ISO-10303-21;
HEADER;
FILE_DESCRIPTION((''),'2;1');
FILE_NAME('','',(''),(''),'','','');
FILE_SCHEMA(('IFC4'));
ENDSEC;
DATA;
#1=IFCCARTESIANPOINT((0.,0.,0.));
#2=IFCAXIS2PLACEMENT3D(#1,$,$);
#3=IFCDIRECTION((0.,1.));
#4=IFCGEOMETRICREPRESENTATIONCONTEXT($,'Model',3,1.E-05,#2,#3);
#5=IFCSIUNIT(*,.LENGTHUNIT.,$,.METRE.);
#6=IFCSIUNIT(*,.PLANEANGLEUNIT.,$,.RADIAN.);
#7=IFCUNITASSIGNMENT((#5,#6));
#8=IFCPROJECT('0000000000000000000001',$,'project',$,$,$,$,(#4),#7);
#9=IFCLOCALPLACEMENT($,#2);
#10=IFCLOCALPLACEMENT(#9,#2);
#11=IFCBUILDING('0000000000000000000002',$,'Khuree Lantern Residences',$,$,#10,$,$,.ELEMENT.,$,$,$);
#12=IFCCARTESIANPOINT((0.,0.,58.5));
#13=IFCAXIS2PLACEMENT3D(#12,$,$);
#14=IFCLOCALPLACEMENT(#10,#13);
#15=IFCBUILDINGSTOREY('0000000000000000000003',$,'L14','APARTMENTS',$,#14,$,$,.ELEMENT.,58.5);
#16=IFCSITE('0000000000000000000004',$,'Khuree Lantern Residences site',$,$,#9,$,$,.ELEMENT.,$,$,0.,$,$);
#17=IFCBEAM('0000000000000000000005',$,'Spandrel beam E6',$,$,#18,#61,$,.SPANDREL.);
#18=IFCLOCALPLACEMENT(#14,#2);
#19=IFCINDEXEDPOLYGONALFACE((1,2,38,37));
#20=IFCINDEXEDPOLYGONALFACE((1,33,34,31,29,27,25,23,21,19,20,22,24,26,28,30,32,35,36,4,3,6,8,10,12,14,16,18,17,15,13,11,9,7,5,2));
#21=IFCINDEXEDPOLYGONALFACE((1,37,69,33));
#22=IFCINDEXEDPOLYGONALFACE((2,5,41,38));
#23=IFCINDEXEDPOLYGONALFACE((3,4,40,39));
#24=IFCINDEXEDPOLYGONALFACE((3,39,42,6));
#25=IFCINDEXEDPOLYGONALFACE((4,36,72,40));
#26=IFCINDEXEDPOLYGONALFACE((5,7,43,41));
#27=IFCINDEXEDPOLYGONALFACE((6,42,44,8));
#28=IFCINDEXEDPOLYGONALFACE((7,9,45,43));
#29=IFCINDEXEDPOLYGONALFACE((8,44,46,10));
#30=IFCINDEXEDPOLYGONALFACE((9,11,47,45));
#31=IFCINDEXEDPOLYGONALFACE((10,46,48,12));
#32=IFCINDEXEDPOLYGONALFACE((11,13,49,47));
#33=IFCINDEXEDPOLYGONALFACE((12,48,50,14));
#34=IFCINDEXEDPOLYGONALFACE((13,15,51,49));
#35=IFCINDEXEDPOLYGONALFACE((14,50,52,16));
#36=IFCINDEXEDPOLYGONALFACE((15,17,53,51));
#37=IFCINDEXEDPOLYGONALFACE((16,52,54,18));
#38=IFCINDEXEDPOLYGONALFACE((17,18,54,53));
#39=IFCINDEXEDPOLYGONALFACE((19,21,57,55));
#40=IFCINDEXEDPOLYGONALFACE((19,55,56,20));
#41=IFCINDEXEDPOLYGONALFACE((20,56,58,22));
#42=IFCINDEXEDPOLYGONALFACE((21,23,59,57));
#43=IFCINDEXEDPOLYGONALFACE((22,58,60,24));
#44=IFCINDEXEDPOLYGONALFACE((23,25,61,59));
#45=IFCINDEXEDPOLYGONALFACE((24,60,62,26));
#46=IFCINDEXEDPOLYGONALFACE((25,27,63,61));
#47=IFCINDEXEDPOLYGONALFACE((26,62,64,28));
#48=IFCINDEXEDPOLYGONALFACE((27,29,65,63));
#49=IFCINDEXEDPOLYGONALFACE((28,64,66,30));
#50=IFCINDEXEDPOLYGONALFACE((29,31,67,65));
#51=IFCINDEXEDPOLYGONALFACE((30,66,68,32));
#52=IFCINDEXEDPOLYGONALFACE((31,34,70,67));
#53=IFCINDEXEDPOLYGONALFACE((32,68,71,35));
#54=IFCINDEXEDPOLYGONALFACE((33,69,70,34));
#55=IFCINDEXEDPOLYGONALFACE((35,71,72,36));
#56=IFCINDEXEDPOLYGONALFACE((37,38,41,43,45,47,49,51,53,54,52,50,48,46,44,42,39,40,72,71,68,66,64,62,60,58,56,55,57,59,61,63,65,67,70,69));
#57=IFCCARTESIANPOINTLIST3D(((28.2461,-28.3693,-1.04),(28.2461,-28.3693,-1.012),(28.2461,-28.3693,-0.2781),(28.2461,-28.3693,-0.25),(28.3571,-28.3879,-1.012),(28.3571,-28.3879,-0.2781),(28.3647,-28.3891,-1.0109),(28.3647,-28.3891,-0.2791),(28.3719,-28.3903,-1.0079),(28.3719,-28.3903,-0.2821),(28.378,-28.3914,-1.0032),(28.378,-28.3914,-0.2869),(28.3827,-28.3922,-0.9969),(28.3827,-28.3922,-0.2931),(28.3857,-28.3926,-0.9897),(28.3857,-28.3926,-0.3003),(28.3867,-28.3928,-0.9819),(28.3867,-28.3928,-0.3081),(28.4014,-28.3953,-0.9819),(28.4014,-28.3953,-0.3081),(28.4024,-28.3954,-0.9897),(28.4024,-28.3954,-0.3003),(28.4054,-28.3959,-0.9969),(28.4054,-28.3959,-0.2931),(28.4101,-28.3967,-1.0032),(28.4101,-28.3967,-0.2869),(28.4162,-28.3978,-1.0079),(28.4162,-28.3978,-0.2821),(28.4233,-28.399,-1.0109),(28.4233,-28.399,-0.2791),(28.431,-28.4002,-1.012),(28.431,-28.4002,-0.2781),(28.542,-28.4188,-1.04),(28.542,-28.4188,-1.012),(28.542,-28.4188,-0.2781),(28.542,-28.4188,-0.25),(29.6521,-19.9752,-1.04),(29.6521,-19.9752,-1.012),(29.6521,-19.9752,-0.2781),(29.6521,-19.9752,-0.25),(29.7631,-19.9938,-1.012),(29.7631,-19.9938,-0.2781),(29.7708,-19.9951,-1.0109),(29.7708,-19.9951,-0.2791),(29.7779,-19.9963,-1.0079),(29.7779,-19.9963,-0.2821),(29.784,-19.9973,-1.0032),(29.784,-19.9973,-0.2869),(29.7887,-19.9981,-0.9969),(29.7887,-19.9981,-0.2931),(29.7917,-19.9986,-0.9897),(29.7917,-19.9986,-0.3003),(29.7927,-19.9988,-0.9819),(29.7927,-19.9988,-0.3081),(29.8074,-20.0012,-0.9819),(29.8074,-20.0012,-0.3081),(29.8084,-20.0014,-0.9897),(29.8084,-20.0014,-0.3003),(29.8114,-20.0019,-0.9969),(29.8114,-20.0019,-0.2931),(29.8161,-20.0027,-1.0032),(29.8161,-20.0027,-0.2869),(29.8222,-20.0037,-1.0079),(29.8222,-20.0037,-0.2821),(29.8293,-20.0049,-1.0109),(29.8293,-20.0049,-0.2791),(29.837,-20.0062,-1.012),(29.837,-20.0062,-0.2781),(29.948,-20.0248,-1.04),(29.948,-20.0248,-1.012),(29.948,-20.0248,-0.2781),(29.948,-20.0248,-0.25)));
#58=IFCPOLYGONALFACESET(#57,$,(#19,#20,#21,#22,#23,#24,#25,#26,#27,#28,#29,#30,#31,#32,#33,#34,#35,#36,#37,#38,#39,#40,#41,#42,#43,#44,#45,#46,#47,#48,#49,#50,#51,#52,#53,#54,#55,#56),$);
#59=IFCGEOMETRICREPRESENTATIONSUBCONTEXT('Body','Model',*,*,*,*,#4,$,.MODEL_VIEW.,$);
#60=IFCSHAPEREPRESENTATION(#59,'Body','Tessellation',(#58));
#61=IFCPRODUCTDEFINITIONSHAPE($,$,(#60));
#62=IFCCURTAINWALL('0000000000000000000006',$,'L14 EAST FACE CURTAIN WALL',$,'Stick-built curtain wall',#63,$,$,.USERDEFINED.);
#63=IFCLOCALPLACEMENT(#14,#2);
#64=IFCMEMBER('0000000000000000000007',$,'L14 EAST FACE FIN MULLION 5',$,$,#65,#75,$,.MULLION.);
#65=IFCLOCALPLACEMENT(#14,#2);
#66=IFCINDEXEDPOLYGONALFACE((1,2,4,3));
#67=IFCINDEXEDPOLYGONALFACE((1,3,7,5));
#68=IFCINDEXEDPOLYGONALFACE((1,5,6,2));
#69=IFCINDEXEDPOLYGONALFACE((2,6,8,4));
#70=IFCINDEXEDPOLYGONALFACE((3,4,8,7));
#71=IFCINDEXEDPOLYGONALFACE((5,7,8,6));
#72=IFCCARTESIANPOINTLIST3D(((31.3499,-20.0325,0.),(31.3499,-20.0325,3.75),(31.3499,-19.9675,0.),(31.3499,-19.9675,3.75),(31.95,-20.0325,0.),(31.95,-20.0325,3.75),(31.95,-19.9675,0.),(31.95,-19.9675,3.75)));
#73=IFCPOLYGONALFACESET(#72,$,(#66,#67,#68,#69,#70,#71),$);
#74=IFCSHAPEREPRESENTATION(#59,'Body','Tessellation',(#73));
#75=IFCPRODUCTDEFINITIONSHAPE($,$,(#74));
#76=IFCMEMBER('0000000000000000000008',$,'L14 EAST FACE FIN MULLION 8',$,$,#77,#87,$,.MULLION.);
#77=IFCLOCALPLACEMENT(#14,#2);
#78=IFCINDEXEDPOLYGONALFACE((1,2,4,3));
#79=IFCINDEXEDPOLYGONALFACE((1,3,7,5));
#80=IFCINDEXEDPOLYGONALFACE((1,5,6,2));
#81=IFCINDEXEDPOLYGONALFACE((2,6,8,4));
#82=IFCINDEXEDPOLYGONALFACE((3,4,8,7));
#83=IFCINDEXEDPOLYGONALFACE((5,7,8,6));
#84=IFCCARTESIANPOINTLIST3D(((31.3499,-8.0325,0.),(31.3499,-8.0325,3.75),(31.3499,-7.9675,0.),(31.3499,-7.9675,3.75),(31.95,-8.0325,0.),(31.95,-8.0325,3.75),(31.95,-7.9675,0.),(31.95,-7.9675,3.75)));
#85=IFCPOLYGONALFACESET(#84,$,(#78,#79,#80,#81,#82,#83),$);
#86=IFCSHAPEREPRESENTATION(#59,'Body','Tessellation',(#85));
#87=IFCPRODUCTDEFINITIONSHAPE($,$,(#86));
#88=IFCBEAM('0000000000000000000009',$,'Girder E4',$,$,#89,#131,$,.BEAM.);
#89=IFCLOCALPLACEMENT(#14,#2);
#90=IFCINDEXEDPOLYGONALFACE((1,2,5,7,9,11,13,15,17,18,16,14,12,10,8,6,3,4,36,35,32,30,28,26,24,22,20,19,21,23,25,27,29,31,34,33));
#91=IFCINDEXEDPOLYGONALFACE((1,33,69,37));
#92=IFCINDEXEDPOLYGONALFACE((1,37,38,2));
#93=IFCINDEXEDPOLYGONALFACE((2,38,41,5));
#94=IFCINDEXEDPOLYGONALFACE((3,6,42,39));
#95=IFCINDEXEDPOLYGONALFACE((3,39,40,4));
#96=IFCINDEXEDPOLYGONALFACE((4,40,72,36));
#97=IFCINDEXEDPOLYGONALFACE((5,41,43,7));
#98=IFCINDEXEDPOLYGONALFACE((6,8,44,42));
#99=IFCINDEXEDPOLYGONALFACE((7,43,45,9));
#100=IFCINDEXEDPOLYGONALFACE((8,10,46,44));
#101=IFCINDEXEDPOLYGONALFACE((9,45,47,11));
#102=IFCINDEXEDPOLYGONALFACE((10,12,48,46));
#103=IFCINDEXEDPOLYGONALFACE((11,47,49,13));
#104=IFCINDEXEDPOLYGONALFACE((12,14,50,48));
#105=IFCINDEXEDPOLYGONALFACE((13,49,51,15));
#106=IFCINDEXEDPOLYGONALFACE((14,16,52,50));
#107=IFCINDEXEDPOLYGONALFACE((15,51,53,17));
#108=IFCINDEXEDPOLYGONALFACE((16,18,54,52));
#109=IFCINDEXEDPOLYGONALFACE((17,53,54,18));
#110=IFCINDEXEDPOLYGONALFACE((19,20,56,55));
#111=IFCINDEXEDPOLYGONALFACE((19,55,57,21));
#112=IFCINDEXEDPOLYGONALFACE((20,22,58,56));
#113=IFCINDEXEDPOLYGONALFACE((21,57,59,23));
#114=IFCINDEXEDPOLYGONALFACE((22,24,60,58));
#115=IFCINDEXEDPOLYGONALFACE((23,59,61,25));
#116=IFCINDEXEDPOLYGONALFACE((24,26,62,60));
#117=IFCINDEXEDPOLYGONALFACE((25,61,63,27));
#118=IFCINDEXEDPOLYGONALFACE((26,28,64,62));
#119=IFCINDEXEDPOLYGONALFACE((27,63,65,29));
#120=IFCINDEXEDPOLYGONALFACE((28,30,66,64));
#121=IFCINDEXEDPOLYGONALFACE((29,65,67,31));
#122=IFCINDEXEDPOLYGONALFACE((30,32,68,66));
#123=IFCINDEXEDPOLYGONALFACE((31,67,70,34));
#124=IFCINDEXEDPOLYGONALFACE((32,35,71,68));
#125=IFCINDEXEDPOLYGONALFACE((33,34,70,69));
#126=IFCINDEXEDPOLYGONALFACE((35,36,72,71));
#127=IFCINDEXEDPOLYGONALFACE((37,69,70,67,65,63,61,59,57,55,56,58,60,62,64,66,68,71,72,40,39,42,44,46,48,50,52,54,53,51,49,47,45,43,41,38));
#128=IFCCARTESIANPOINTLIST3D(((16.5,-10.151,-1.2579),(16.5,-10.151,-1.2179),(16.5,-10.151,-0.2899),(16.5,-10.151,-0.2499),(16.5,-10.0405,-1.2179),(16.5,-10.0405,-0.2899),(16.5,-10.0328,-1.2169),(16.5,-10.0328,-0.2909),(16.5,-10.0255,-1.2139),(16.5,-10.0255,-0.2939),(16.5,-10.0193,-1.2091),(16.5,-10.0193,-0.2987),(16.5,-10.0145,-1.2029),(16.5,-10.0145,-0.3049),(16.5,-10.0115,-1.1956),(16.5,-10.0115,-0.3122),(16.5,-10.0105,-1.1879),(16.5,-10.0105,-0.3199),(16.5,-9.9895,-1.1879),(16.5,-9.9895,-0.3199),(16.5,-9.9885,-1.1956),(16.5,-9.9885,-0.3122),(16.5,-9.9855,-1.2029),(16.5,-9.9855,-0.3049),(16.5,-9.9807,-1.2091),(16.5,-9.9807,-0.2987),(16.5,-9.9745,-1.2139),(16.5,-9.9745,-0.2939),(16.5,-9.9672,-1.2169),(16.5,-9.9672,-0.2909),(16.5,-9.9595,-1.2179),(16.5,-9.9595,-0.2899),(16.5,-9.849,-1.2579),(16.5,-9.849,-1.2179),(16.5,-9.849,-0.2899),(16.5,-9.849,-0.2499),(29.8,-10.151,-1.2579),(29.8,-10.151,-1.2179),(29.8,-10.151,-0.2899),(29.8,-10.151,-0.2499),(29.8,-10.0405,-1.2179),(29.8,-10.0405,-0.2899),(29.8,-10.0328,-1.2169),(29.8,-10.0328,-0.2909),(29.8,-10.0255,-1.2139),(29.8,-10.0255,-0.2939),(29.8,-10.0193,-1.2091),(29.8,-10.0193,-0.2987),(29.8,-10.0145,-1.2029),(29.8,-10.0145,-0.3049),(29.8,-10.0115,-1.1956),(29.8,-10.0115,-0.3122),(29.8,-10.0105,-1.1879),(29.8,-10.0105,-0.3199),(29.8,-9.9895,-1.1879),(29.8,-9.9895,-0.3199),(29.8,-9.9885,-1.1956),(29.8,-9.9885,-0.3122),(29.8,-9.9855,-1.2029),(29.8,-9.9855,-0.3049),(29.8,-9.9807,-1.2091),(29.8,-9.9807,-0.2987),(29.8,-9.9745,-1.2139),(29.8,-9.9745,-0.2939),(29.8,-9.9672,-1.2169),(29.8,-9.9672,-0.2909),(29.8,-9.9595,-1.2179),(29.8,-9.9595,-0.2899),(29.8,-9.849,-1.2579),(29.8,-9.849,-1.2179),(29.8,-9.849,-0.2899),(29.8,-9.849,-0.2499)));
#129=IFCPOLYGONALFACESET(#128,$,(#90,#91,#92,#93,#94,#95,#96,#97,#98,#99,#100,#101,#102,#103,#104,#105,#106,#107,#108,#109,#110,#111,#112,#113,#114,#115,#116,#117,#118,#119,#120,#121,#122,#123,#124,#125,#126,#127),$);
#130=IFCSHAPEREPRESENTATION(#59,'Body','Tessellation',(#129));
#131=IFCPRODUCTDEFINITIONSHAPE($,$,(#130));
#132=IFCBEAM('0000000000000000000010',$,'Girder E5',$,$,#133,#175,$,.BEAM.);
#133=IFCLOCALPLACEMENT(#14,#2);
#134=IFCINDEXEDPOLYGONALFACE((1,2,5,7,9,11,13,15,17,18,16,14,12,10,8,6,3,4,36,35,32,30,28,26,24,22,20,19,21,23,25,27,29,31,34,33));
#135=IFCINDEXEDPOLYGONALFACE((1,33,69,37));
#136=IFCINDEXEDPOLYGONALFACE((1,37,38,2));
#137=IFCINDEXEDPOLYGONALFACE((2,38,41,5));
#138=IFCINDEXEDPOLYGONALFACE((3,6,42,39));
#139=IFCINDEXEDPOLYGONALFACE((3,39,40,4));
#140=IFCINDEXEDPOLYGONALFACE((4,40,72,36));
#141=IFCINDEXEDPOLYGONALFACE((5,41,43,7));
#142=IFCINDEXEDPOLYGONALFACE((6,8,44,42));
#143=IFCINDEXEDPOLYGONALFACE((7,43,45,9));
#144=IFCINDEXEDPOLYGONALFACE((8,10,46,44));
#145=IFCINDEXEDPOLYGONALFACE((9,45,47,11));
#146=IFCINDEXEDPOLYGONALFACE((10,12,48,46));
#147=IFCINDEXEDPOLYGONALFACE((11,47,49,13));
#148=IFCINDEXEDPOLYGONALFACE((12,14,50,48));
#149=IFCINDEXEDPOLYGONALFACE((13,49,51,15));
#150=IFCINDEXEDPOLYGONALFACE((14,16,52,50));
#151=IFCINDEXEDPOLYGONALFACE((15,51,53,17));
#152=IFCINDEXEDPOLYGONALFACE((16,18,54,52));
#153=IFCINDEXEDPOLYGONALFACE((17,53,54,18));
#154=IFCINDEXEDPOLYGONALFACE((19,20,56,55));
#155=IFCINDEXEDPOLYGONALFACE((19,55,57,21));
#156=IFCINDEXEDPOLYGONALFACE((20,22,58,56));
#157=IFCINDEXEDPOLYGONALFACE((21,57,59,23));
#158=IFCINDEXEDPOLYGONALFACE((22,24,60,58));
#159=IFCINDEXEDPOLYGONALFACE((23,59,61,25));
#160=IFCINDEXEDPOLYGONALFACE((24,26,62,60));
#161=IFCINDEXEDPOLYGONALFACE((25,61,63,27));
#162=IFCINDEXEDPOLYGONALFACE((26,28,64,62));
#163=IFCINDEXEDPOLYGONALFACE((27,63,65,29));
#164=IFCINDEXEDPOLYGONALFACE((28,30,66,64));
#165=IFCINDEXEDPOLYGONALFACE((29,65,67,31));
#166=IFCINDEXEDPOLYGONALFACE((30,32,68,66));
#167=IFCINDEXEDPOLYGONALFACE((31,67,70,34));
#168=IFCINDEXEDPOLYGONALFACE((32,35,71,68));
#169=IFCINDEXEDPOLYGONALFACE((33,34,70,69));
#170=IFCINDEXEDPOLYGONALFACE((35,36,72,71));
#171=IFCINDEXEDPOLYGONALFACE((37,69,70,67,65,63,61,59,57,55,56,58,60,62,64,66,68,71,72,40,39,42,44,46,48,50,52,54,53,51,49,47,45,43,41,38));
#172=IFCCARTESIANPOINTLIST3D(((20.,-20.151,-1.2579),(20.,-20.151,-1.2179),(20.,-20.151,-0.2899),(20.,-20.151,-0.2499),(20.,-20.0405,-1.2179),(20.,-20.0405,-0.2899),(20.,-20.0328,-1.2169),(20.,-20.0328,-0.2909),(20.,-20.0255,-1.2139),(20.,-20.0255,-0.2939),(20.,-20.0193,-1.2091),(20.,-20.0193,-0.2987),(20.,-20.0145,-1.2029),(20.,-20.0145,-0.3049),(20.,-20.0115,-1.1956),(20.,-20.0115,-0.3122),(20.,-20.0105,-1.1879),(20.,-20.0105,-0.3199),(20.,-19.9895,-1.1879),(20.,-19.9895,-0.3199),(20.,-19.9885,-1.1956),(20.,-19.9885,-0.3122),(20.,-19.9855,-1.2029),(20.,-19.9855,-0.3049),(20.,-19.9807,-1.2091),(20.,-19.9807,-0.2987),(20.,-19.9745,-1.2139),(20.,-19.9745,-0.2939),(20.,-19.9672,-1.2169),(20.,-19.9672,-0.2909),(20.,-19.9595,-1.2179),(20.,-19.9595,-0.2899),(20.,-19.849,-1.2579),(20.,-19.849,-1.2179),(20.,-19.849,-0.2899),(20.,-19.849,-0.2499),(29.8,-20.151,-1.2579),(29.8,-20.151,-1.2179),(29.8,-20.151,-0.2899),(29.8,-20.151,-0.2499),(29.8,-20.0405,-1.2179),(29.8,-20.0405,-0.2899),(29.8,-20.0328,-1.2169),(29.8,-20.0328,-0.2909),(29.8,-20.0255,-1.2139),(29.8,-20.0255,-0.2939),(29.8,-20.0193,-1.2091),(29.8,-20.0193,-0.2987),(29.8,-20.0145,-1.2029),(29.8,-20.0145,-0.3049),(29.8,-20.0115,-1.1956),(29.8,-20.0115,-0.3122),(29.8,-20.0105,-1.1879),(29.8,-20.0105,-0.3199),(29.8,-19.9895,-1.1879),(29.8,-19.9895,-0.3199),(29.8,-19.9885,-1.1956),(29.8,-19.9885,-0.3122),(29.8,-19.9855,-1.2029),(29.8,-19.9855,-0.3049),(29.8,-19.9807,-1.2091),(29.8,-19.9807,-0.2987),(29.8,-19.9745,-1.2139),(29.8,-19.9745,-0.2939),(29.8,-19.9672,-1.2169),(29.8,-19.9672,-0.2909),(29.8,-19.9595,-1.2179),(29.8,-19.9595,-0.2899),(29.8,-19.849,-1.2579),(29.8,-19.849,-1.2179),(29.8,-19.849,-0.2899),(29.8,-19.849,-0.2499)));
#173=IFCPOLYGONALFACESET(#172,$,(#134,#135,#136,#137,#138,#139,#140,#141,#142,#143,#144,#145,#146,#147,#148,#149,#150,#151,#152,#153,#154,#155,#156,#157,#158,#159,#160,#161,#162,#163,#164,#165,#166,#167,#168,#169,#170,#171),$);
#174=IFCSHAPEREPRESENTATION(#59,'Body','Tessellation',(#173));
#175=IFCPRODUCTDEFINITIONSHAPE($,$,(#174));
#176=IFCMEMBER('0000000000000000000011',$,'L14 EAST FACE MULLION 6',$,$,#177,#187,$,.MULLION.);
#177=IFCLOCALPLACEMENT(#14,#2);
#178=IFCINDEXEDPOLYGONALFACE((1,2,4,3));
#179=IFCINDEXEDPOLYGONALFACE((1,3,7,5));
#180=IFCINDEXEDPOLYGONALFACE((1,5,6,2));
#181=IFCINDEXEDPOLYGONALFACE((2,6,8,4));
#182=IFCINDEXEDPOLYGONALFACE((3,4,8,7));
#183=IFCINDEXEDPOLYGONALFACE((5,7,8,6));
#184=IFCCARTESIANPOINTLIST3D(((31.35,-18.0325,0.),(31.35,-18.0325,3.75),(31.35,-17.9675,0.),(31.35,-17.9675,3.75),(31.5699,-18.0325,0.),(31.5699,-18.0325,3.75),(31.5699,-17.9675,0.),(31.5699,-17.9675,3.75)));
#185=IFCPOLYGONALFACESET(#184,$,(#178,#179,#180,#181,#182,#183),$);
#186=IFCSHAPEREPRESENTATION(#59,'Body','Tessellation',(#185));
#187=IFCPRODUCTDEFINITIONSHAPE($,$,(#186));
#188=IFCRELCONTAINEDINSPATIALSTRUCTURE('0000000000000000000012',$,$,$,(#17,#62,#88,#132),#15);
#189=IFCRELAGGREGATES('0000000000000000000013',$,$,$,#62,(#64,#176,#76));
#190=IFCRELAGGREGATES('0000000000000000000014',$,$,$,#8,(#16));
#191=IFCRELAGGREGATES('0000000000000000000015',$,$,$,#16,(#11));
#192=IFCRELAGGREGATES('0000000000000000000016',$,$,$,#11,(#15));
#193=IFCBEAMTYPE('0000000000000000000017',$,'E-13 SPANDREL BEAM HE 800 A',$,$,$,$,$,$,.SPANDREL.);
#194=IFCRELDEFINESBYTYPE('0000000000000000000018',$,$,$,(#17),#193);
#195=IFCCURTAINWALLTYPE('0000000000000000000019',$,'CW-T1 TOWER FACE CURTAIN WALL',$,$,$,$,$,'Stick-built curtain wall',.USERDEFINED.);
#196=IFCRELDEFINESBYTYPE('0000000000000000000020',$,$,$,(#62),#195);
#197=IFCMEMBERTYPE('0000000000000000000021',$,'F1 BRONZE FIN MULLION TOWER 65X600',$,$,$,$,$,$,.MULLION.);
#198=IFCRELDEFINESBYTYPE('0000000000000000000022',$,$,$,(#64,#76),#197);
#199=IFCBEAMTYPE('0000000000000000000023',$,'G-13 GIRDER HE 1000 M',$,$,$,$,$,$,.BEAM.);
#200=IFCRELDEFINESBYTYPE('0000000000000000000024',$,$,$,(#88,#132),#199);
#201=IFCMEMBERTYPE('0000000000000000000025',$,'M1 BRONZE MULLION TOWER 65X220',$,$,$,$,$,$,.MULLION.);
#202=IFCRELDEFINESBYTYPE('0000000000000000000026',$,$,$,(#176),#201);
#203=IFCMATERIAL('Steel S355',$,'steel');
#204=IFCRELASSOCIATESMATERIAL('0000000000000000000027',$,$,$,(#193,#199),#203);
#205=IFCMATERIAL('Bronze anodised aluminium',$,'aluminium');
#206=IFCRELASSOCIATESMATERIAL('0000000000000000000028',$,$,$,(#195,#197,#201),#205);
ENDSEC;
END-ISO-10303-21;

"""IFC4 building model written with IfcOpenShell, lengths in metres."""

from ifc_helpers import new_model, si_unit, direction, frame, origin, origin_2d, place, context, subcontext, project, spatial, rectangle, i_section, extrude, material, material_profile, profile_set, type_object, element, aggregate, save


model = new_model("IFC4")

# Units and contexts
model_context = context("Model", 3, precision=1e-05, world=origin(), true_north=direction((0.0, 1.0)))
body_context = subcontext(model_context, "Body", "Model", "MODEL_VIEW")
ifc_project = project(units=[si_unit("LENGTHUNIT", "METRE"), si_unit("PLANEANGLEUNIT", "RADIAN")], contexts=[model_context])

# Site, building, storey
site_placement = place(None, origin())
site = spatial("IfcSite", under=ifc_project, at=site_placement, Name="Khuree Lantern Residences site", CompositionType="ELEMENT", RefElevation=0.0)
building_placement = place(site_placement, origin())
building = spatial("IfcBuilding", under=site, at=building_placement, Name="Khuree Lantern Residences", CompositionType="ELEMENT")
storey_placement = place(building_placement, frame((0.0, 0.0, 58.5)))
storey = spatial("IfcBuildingStorey", under=building, at=storey_placement, Name="L14", Description="APARTMENTS", CompositionType="ELEMENT", Elevation=58.5)

# Beam
ifc_material_1 = material(Name="Steel S355", Category="steel")
ifc_material_profile_1 = material_profile(ifc_material_1, i_section(OverallWidth=0.3, OverallDepth=0.79, WebThickness=0.0149, FlangeThickness=0.0281, FilletRadius=0.03, at=origin_2d()), Name="HE 800 A")
ifc_profile_set_1 = profile_set([ifc_material_profile_1], Name="Steel S355")
beam_type_1 = type_object("IfcBeamType", Name="E-13 SPANDREL BEAM HE 800 A", PredefinedType="SPANDREL", material=ifc_profile_set_1)
beam_1_placement = place(storey_placement, frame((29.8, -20.0, -0.645), z_axis=(-0.165199, -0.98626, 0.0), x_axis=(0.98626, -0.165199, 0.0)))
element("IfcBeam", 1, at=beam_1_placement, inside=storey, type_object=beam_type_1, Name="Spandrel beam E6", PredefinedType="SPANDREL", context=body_context, shape_type="SweptSolid", body=[
    extrude(i_section(OverallWidth=0.3, OverallDepth=0.79, WebThickness=0.0149, FlangeThickness=0.0281, FilletRadius=0.03, at=origin_2d()), origin(), (0.0, 0.0, 1.0), 8.511),
])

# Curtain wall, members
ifc_material_2 = material(Name="Bronze anodised aluminium", Category="aluminium")
curtain_wall_type = type_object("IfcCurtainWallType", Name="CW-T1 TOWER FACE CURTAIN WALL", ElementType="Stick-built curtain wall", PredefinedType="USERDEFINED", material=ifc_material_2)
curtain_wall_placement = place(storey_placement, origin())
curtain_wall = element("IfcCurtainWall", 2, at=curtain_wall_placement, inside=storey, type_object=curtain_wall_type, Name="L14 EAST FACE CURTAIN WALL", ObjectType="Stick-built curtain wall", PredefinedType="USERDEFINED")
ifc_material_profile_2 = material_profile(ifc_material_2, rectangle(XDim=0.0649, YDim=0.6001, at=origin_2d()), Name="F1 65X600")
ifc_profile_set_2 = profile_set([ifc_material_profile_2], Name="Bronze anodised aluminium")
member_type_1 = type_object("IfcMemberType", Name="F1 BRONZE FIN MULLION TOWER 65X600", PredefinedType="MULLION", material=ifc_profile_set_2)
member_1_placement = place(storey_placement, frame((31.6499, -20.0, 0.0), z_axis=(0.0, 0.0, 1.0), x_axis=(0.0, 1.0, 0.0)))
member_1 = element("IfcMember", 3, at=member_1_placement, type_object=member_type_1, Name="L14 EAST FACE FIN MULLION 5", PredefinedType="MULLION", context=body_context, shape_type="SweptSolid", body=[
    extrude(rectangle(XDim=0.0649, YDim=0.6001, at=origin_2d()), origin(), (0.0, 0.0, 1.0), 3.75),
])
member_2_placement = place(storey_placement, frame((31.6499, -8.0, 0.0), z_axis=(0.0, 0.0, 1.0), x_axis=(0.0, 1.0, 0.0)))
member_2 = element("IfcMember", 4, at=member_2_placement, type_object=member_type_1, Name="L14 EAST FACE FIN MULLION 8", PredefinedType="MULLION", context=body_context, shape_type="SweptSolid", body=[
    extrude(rectangle(XDim=0.0649, YDim=0.6001, at=origin_2d()), origin(), (0.0, 0.0, 1.0), 3.75),
])

# Beams
ifc_material_profile_3 = material_profile(ifc_material_1, i_section(OverallWidth=0.302, OverallDepth=1.0081, WebThickness=0.021, FlangeThickness=0.04, FilletRadius=0.03, at=origin_2d()), Name="HE 1000 M")
ifc_profile_set_3 = profile_set([ifc_material_profile_3], Name="Steel S355")
beam_type_2 = type_object("IfcBeamType", Name="G-13 GIRDER HE 1000 M", PredefinedType="BEAM", material=ifc_profile_set_3)
beam_2_placement = place(storey_placement, frame((29.8, -10.0, -0.7539), z_axis=(-1.0, 0.0, 0.0), x_axis=(0.0, -1.0, 0.0)))
element("IfcBeam", 5, at=beam_2_placement, inside=storey, type_object=beam_type_2, Name="Girder E4", PredefinedType="BEAM", context=body_context, shape_type="SweptSolid", body=[
    extrude(i_section(OverallWidth=0.302, OverallDepth=1.0081, WebThickness=0.021, FlangeThickness=0.04, FilletRadius=0.03, at=origin_2d()), origin(), (0.0, 0.0, 1.0), 13.3),
])
beam_3_placement = place(storey_placement, frame((29.8, -20.0, -0.7539), z_axis=(-1.0, 0.0, 0.0), x_axis=(0.0, -1.0, 0.0)))
element("IfcBeam", 6, at=beam_3_placement, inside=storey, type_object=beam_type_2, Name="Girder E5", PredefinedType="BEAM", context=body_context, shape_type="SweptSolid", body=[
    extrude(i_section(OverallWidth=0.302, OverallDepth=1.0081, WebThickness=0.021, FlangeThickness=0.04, FilletRadius=0.03, at=origin_2d()), origin(), (0.0, 0.0, 1.0), 9.8),
])

# Member
ifc_material_profile_4 = material_profile(ifc_material_2, rectangle(XDim=0.0649, YDim=0.22, at=origin_2d()), Name="M1 65X220")
ifc_profile_set_4 = profile_set([ifc_material_profile_4], Name="Bronze anodised aluminium")
member_type_2 = type_object("IfcMemberType", Name="M1 BRONZE MULLION TOWER 65X220", PredefinedType="MULLION", material=ifc_profile_set_4)
member_3_placement = place(storey_placement, frame((31.46, -18.0, 0.0), z_axis=(0.0, 0.0, 1.0), x_axis=(0.0, 1.0, 0.0)))
member_3 = element("IfcMember", 7, at=member_3_placement, type_object=member_type_2, Name="L14 EAST FACE MULLION 6", PredefinedType="MULLION", context=body_context, shape_type="SweptSolid", body=[
    extrude(rectangle(XDim=0.0649, YDim=0.22, at=origin_2d()), origin(), (0.0, 0.0, 1.0), 3.75),
])

aggregate(curtain_wall, [member_1, member_3, member_2])

save(model, "model.ifc")
